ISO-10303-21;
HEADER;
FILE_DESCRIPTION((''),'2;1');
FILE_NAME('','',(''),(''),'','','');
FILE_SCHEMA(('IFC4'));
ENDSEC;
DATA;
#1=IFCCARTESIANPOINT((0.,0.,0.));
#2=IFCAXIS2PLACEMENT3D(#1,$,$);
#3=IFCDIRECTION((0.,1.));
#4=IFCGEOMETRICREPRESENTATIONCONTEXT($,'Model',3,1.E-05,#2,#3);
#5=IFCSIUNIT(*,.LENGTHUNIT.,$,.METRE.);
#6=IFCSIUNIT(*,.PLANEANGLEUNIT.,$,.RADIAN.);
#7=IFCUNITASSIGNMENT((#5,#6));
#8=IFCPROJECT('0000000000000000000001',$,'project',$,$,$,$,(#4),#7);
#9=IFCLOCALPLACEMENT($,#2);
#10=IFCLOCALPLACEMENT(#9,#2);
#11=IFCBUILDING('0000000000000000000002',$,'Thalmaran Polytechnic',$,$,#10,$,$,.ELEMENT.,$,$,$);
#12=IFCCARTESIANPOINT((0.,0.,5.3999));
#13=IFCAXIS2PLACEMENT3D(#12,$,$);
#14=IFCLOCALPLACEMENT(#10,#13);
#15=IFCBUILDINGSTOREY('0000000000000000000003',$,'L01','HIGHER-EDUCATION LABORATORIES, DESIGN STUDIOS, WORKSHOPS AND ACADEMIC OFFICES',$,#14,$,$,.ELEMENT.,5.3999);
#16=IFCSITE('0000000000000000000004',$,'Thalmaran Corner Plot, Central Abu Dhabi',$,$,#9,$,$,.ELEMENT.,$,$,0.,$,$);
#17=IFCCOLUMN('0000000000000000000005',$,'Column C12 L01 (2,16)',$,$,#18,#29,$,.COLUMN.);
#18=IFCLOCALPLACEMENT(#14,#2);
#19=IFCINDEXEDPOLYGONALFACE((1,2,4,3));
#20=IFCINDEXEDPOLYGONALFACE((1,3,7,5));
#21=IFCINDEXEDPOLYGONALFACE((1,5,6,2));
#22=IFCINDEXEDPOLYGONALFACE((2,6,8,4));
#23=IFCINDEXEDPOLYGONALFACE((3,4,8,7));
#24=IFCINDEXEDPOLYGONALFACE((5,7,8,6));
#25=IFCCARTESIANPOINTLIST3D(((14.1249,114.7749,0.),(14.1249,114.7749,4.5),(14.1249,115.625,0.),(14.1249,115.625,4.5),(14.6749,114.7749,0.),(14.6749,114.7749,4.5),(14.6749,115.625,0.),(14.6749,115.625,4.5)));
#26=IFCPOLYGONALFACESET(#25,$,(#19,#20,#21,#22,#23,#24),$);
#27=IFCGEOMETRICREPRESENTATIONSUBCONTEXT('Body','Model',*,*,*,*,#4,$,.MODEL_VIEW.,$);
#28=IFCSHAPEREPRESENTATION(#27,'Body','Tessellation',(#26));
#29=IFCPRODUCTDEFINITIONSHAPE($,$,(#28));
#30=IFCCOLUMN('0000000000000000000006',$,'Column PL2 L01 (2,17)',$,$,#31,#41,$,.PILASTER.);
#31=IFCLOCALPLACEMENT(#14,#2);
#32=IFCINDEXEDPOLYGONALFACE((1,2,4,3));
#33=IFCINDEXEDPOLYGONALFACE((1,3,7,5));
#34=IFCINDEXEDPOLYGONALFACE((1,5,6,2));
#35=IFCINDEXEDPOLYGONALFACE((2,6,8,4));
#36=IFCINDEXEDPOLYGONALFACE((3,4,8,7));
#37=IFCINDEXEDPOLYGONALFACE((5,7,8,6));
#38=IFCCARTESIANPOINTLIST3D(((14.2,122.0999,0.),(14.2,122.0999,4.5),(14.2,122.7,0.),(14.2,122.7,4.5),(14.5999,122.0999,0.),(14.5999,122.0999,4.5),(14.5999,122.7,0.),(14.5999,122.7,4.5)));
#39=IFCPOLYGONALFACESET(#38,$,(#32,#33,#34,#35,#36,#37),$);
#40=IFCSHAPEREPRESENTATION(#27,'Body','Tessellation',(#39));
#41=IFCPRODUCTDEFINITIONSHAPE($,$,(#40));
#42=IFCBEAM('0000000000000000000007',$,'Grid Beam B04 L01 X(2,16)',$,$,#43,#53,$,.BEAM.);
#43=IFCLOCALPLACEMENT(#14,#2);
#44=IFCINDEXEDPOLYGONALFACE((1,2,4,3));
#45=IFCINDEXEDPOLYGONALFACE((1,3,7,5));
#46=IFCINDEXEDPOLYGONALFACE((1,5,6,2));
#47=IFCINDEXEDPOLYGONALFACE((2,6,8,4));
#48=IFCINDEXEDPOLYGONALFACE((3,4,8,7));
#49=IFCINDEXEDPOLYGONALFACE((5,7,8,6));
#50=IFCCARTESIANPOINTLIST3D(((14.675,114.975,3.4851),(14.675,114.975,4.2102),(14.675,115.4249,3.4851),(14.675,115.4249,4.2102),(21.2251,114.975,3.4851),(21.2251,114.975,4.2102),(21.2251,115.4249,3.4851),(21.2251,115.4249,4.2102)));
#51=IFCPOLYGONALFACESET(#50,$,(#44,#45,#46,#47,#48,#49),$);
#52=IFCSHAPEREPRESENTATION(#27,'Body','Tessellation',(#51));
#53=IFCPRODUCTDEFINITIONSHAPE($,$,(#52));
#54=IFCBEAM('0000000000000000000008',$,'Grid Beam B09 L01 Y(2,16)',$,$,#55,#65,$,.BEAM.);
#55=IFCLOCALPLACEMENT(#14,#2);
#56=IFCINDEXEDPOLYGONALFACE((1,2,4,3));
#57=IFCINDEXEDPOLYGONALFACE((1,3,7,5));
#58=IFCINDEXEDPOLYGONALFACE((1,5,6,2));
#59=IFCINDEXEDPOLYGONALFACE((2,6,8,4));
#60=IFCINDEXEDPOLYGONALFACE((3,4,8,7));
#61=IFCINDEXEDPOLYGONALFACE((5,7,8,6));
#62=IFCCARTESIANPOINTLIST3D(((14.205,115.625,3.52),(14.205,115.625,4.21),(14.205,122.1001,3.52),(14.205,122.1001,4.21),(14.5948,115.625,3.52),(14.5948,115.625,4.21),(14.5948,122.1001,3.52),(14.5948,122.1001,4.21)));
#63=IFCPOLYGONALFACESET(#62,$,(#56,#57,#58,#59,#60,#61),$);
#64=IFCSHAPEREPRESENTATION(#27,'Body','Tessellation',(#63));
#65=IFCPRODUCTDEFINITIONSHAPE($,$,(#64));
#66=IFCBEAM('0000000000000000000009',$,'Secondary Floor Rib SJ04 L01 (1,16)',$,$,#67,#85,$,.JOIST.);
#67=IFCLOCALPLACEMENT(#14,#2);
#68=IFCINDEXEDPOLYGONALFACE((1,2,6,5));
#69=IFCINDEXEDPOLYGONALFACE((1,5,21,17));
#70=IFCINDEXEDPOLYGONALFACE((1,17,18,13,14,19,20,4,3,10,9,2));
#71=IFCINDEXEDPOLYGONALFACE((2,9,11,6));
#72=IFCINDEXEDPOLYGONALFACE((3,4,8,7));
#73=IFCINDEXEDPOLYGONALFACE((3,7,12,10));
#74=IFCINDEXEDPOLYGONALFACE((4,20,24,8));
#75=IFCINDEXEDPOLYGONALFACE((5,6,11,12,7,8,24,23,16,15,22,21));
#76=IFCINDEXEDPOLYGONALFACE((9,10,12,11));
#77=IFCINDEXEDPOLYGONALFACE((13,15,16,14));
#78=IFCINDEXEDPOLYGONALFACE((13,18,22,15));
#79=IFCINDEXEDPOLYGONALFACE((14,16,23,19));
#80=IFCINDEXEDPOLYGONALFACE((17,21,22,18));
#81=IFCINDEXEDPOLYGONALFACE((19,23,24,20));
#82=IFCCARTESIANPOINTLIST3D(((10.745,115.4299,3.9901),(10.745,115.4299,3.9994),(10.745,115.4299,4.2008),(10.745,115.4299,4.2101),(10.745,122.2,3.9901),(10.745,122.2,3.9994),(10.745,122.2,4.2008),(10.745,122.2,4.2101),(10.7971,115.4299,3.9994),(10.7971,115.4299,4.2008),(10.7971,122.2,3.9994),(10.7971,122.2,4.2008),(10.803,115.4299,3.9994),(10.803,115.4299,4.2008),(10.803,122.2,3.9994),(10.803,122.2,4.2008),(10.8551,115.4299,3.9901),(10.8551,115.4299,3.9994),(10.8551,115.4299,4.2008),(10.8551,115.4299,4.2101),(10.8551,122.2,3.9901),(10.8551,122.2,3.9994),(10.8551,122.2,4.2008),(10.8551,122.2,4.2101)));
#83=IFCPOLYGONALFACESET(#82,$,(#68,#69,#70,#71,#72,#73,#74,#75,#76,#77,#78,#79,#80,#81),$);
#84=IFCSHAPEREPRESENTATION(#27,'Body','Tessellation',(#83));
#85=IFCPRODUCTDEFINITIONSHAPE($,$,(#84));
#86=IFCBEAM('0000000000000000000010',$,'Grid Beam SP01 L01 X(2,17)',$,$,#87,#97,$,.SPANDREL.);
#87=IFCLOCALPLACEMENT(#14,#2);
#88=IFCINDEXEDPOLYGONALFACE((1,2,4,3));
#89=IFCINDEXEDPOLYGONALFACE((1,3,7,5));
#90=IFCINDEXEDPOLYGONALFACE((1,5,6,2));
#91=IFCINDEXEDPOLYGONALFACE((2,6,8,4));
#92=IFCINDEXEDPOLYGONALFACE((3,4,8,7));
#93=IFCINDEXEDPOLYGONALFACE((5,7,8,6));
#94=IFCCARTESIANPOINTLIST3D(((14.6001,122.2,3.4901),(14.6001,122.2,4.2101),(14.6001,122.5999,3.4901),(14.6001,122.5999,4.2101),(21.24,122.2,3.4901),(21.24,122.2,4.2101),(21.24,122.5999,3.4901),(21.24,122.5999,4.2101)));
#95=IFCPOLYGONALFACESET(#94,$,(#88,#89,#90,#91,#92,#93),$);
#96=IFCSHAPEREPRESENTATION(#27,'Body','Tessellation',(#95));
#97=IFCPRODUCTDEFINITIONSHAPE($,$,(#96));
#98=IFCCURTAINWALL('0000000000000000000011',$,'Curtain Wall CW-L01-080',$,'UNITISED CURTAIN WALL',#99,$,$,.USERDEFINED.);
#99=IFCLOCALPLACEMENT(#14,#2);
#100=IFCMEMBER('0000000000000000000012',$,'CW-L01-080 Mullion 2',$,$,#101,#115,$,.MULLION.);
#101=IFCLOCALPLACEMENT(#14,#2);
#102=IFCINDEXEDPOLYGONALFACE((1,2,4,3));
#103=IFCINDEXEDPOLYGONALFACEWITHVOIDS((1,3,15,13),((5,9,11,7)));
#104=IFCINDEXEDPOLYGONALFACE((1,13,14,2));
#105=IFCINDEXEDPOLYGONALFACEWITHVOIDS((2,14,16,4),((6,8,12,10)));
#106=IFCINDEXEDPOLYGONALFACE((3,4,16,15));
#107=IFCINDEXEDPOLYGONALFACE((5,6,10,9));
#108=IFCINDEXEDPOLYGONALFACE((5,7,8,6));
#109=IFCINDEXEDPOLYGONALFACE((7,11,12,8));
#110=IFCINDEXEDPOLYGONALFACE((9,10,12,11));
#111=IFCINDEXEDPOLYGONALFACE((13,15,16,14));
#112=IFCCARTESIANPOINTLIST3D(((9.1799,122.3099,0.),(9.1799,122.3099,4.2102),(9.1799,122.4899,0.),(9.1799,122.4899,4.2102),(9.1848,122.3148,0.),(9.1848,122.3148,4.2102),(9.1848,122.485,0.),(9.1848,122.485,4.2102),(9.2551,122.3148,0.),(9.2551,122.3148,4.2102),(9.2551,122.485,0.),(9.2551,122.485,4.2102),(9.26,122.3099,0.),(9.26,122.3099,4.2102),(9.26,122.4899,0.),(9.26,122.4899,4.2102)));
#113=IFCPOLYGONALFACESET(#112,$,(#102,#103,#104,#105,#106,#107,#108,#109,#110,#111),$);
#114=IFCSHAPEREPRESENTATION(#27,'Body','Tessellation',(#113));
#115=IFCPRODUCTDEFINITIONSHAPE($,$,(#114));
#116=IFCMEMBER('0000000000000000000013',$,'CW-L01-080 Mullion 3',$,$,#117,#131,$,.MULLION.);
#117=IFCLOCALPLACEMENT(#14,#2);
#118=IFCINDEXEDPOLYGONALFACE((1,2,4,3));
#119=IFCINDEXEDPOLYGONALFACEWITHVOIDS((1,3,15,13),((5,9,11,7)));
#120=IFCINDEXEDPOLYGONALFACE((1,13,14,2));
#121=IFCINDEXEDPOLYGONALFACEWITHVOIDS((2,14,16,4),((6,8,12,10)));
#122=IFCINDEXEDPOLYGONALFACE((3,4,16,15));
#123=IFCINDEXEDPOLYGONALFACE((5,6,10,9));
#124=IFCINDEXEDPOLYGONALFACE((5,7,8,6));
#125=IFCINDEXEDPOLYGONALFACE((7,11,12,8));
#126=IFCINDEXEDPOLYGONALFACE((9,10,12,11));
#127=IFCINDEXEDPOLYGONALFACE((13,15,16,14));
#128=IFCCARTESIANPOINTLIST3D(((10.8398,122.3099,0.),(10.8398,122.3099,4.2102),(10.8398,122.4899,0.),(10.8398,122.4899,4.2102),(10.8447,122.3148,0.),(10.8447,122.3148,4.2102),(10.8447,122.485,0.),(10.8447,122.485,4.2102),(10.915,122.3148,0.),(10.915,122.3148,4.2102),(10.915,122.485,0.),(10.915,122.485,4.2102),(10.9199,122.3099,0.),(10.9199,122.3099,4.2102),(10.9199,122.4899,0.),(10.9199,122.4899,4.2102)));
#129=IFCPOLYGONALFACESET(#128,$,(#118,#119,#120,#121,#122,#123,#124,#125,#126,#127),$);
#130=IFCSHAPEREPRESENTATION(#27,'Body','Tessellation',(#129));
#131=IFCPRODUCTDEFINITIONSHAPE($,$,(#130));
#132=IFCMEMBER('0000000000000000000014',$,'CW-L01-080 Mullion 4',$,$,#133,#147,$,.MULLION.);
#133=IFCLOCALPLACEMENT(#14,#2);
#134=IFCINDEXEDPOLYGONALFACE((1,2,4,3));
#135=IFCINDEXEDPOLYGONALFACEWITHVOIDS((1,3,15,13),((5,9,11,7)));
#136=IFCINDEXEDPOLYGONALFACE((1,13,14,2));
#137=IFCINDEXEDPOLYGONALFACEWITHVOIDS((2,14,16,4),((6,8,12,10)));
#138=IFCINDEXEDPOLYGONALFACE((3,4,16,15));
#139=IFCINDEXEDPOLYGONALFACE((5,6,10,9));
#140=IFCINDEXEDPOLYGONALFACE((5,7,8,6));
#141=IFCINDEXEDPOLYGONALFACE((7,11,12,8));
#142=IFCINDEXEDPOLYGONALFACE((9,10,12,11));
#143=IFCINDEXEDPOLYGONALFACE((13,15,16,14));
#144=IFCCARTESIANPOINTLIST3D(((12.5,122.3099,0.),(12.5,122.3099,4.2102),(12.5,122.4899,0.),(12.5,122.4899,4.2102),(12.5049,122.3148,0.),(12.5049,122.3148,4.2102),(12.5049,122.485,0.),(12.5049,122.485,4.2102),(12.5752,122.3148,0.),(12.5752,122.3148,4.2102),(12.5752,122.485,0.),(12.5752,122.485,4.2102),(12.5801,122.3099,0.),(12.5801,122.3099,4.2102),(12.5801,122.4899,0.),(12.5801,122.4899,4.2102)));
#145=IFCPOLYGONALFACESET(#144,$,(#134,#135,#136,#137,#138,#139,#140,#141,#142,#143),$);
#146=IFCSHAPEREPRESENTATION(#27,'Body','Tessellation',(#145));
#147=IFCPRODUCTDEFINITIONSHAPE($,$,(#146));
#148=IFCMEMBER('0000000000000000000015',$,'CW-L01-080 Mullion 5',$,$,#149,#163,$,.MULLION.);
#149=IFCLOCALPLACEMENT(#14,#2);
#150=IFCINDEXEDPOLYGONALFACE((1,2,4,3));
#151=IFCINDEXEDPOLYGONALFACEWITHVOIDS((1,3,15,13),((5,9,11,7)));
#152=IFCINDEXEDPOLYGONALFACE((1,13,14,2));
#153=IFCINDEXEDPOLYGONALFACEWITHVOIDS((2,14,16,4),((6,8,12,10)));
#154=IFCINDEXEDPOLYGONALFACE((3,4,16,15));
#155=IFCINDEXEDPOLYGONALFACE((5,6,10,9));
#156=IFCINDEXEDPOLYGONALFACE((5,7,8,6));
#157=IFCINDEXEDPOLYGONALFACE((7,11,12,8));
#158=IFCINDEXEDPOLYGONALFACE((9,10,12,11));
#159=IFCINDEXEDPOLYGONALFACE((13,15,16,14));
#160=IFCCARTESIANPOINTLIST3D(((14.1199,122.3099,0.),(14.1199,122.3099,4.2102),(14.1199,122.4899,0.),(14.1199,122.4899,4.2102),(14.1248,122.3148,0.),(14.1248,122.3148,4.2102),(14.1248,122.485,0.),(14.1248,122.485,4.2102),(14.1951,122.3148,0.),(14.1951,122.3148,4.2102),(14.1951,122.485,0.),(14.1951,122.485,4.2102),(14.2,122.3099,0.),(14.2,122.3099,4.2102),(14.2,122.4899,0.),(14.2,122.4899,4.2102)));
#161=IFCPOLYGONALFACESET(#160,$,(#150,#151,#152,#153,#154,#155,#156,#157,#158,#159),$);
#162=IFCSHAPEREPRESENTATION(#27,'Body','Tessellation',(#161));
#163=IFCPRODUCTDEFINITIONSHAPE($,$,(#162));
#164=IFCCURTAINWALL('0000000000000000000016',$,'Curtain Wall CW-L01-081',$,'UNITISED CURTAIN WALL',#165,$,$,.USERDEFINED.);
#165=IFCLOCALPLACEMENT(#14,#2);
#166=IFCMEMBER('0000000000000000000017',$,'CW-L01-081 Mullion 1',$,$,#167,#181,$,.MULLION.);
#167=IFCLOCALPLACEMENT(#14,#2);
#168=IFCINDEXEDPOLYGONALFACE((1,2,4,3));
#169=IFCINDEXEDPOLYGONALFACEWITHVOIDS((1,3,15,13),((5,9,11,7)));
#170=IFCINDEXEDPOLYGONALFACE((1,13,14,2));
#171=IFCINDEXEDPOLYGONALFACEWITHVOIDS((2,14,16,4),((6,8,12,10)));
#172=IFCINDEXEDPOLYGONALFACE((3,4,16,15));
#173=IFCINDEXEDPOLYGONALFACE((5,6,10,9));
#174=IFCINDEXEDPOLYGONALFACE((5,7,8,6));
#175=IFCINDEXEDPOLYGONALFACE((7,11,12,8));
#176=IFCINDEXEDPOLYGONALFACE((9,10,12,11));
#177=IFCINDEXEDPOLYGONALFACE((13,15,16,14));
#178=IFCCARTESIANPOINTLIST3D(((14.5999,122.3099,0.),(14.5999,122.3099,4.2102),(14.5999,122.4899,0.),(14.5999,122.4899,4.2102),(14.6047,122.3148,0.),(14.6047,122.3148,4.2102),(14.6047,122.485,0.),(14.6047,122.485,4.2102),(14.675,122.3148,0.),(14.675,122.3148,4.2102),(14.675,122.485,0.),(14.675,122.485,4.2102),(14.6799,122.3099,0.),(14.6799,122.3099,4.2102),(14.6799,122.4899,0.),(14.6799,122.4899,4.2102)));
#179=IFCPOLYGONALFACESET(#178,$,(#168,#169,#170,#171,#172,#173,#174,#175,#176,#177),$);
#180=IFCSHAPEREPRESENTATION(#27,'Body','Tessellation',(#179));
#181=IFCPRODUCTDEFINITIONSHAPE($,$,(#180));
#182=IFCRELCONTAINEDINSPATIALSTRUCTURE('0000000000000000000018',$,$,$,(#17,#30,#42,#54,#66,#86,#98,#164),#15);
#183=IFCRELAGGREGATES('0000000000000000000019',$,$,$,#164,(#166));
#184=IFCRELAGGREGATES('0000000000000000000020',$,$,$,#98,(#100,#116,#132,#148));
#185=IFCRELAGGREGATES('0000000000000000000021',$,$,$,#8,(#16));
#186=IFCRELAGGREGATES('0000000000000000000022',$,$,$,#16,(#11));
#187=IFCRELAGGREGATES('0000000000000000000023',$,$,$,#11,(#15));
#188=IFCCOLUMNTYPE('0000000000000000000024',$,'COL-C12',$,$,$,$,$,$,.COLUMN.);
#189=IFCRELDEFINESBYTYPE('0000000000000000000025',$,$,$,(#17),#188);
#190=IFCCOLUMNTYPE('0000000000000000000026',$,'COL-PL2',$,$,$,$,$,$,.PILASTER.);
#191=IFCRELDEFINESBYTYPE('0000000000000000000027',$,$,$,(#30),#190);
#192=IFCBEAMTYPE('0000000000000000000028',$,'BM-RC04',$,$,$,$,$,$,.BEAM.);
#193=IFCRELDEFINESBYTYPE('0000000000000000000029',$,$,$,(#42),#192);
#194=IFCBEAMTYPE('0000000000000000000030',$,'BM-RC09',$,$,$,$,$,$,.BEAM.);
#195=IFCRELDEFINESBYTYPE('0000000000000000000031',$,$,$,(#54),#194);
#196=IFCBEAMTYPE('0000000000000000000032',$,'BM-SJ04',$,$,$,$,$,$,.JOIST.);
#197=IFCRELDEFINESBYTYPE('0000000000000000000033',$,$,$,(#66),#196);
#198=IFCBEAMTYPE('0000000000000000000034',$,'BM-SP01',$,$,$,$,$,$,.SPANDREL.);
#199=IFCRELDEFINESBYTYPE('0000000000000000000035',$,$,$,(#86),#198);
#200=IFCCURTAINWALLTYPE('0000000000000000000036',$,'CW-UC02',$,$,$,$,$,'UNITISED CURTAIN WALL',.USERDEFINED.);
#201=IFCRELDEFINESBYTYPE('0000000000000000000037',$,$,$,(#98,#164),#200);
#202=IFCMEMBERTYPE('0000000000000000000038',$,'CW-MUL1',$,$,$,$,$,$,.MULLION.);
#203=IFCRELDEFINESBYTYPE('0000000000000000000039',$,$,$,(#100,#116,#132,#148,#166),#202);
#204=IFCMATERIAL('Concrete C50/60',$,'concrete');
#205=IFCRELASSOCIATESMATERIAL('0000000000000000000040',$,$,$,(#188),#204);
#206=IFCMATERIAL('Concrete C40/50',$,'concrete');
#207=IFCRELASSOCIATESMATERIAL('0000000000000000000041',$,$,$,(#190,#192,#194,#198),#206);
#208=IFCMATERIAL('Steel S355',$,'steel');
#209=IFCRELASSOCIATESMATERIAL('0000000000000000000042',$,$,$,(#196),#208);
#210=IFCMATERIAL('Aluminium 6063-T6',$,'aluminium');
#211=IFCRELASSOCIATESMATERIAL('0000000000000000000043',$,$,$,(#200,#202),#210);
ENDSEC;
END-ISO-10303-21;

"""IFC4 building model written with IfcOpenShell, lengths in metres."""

from ifc_helpers import new_model, si_unit, direction, frame, origin, origin_2d, place, context, subcontext, project, spatial, rectangle, hollow_rectangle, i_section, extrude, material, material_profile, profile_set, type_object, element, aggregate, save


model = new_model("IFC4")

# Units and contexts
model_context = context("Model", 3, precision=1e-05, world=origin(), true_north=direction((0.0, 1.0)))
body_context = subcontext(model_context, "Body", "Model", "MODEL_VIEW")
ifc_project = project(units=[si_unit("LENGTHUNIT", "METRE"), si_unit("PLANEANGLEUNIT", "RADIAN")], contexts=[model_context])

# Site, building, storey
site_placement = place(None, origin())
site = spatial("IfcSite", under=ifc_project, at=site_placement, Name="Thalmaran Corner Plot, Central Abu Dhabi", CompositionType="ELEMENT", RefElevation=0.0)
building_placement = place(site_placement, origin())
building = spatial("IfcBuilding", under=site, at=building_placement, Name="Thalmaran Polytechnic", CompositionType="ELEMENT")
storey_placement = place(building_placement, frame((0.0, 0.0, 5.3999)))
storey = spatial("IfcBuildingStorey", under=building, at=storey_placement, Name="L01", Description="HIGHER-EDUCATION LABORATORIES, DESIGN STUDIOS, WORKSHOPS AND ACADEMIC OFFICES", CompositionType="ELEMENT", Elevation=5.3999)

# Columns
ifc_material_1 = material(Name="Concrete C50/60", Category="concrete")
ifc_material_profile_1 = material_profile(ifc_material_1, rectangle(XDim=0.55, YDim=0.8501, at=origin_2d()), Name="RC 550x850")
ifc_profile_set_1 = profile_set([ifc_material_profile_1], Name="Concrete C50/60")
column_type_1 = type_object("IfcColumnType", Name="COL-C12", PredefinedType="COLUMN", material=ifc_profile_set_1)
column_1_placement = place(storey_placement, frame((14.3999, 115.2, 0.0), z_axis=(0.0, 0.0, 1.0), x_axis=(1.0, 0.0, 0.0)))
element("IfcColumn", 1, at=column_1_placement, inside=storey, type_object=column_type_1, Name="Column C12 L01 (2,16)", PredefinedType="COLUMN", context=body_context, shape_type="SweptSolid", body=[
    extrude(rectangle(XDim=0.55, YDim=0.8501, at=origin_2d()), origin(), (0.0, 0.0, 1.0), 4.5),
])
ifc_material_2 = material(Name="Concrete C40/50", Category="concrete")
ifc_material_profile_2 = material_profile(ifc_material_2, rectangle(XDim=0.3999, YDim=0.6001, at=origin_2d()), Name="RC 400x600")
ifc_profile_set_2 = profile_set([ifc_material_profile_2], Name="Concrete C40/50")
column_type_2 = type_object("IfcColumnType", Name="COL-PL2", PredefinedType="PILASTER", material=ifc_profile_set_2)
column_2_placement = place(storey_placement, frame((14.3999, 122.3999, 0.0), z_axis=(0.0, 0.0, 1.0), x_axis=(1.0, 0.0, 0.0)))
element("IfcColumn", 2, at=column_2_placement, inside=storey, type_object=column_type_2, Name="Column PL2 L01 (2,17)", PredefinedType="PILASTER", context=body_context, shape_type="SweptSolid", body=[
    extrude(rectangle(XDim=0.3999, YDim=0.6001, at=origin_2d()), origin(), (0.0, 0.0, 1.0), 4.5),
])

# Beams
ifc_material_profile_3 = material_profile(ifc_material_2, rectangle(XDim=0.45, YDim=0.7251, at=origin_2d()), Name="RC 450x725")
ifc_profile_set_3 = profile_set([ifc_material_profile_3], Name="Concrete C40/50")
beam_type_1 = type_object("IfcBeamType", Name="BM-RC04", PredefinedType="BEAM", material=ifc_profile_set_3)
beam_1_placement = place(storey_placement, frame((14.675, 115.2, 3.8477), z_axis=(1.0, 0.0, 0.0), x_axis=(0.0, 1.0, 0.0)))
element("IfcBeam", 3, at=beam_1_placement, inside=storey, type_object=beam_type_1, Name="Grid Beam B04 L01 X(2,16)", PredefinedType="BEAM", context=body_context, shape_type="SweptSolid", body=[
    extrude(rectangle(XDim=0.45, YDim=0.7251, at=origin_2d()), origin(), (0.0, 0.0, 1.0), 6.55),
])
ifc_material_profile_4 = material_profile(ifc_material_2, rectangle(XDim=0.3899, YDim=0.6899, at=origin_2d()), Name="RC 390x690")
ifc_profile_set_4 = profile_set([ifc_material_profile_4], Name="Concrete C40/50")
beam_type_2 = type_object("IfcBeamType", Name="BM-RC09", PredefinedType="BEAM", material=ifc_profile_set_4)
beam_2_placement = place(storey_placement, frame((14.3999, 115.625, 3.865), z_axis=(0.0, 1.0, 0.0), x_axis=(-1.0, 0.0, 0.0)))
element("IfcBeam", 4, at=beam_2_placement, inside=storey, type_object=beam_type_2, Name="Grid Beam B09 L01 Y(2,16)", PredefinedType="BEAM", context=body_context, shape_type="SweptSolid", body=[
    extrude(rectangle(XDim=0.3899, YDim=0.6899, at=origin_2d()), origin(), (0.0, 0.0, 1.0), 6.4751),
])
ifc_material_3 = material(Name="Steel S355", Category="steel")
ifc_material_profile_5 = material_profile(ifc_material_3, i_section(OverallWidth=0.1101, OverallDepth=0.22, WebThickness=0.0059, FlangeThickness=0.0093, at=origin_2d()), Name="IPE 220")
ifc_profile_set_5 = profile_set([ifc_material_profile_5], Name="Steel S355")
beam_type_3 = type_object("IfcBeamType", Name="BM-SJ04", PredefinedType="JOIST", material=ifc_profile_set_5)
beam_3_placement = place(storey_placement, frame((10.8, 115.4299, 4.1001), z_axis=(0.0, 1.0, 0.0), x_axis=(-1.0, 0.0, 0.0)))
element("IfcBeam", 5, at=beam_3_placement, inside=storey, type_object=beam_type_3, Name="Secondary Floor Rib SJ04 L01 (1,16)", PredefinedType="JOIST", context=body_context, shape_type="SweptSolid", body=[
    extrude(i_section(OverallWidth=0.1101, OverallDepth=0.22, WebThickness=0.0059, FlangeThickness=0.0093, at=origin_2d()), origin(), (0.0, 0.0, 1.0), 6.77),
])
ifc_material_profile_6 = material_profile(ifc_material_2, rectangle(XDim=0.3999, YDim=0.72, at=origin_2d()), Name="RC 400x720")
ifc_profile_set_6 = profile_set([ifc_material_profile_6], Name="Concrete C40/50")
beam_type_4 = type_object("IfcBeamType", Name="BM-SP01", PredefinedType="SPANDREL", material=ifc_profile_set_6)
beam_4_placement = place(storey_placement, frame((14.6001, 122.3999, 3.8501), z_axis=(1.0, 0.0, 0.0), x_axis=(0.0, 1.0, 0.0)))
element("IfcBeam", 6, at=beam_4_placement, inside=storey, type_object=beam_type_4, Name="Grid Beam SP01 L01 X(2,17)", PredefinedType="SPANDREL", context=body_context, shape_type="SweptSolid", body=[
    extrude(rectangle(XDim=0.3999, YDim=0.72, at=origin_2d()), origin(), (0.0, 0.0, 1.0), 6.6399),
])

# Curtain walls, members
ifc_material_4 = material(Name="Aluminium 6063-T6", Category="aluminium")
curtain_wall_type = type_object("IfcCurtainWallType", Name="CW-UC02", ElementType="UNITISED CURTAIN WALL", PredefinedType="USERDEFINED", material=ifc_material_4)
curtain_wall_1_placement = place(storey_placement, origin())
curtain_wall_1 = element("IfcCurtainWall", 7, at=curtain_wall_1_placement, inside=storey, type_object=curtain_wall_type, Name="Curtain Wall CW-L01-080", ObjectType="UNITISED CURTAIN WALL", PredefinedType="USERDEFINED")
ifc_material_profile_7 = material_profile(ifc_material_4, hollow_rectangle(XDim=0.0801, YDim=0.1799, WallThickness=0.0049, at=origin_2d()), Name="RHS 180x80x5.0")
ifc_profile_set_7 = profile_set([ifc_material_profile_7], Name="Aluminium 6063-T6")
member_type_1 = type_object("IfcMemberType", Name="CW-MUL1", PredefinedType="MULLION", material=ifc_profile_set_7)
member_1_placement = place(storey_placement, frame((9.22, 122.3999, 0.0), z_axis=(0.0, 0.0, 1.0), x_axis=(1.0, 0.0, 0.0)))
member_1 = element("IfcMember", 8, at=member_1_placement, type_object=member_type_1, Name="CW-L01-080 Mullion 2", PredefinedType="MULLION", context=body_context, shape_type="SweptSolid", body=[
    extrude(hollow_rectangle(XDim=0.0801, YDim=0.1799, WallThickness=0.0049, at=origin_2d()), origin(), (0.0, 0.0, 1.0), 4.2102),
])
member_2_placement = place(storey_placement, frame((10.8799, 122.3999, 0.0), z_axis=(0.0, 0.0, 1.0), x_axis=(1.0, 0.0, 0.0)))
member_2 = element("IfcMember", 9, at=member_2_placement, type_object=member_type_1, Name="CW-L01-080 Mullion 3", PredefinedType="MULLION", context=body_context, shape_type="SweptSolid", body=[
    extrude(hollow_rectangle(XDim=0.0801, YDim=0.1799, WallThickness=0.0049, at=origin_2d()), origin(), (0.0, 0.0, 1.0), 4.2102),
])
member_3_placement = place(storey_placement, frame((12.54, 122.3999, 0.0), z_axis=(0.0, 0.0, 1.0), x_axis=(1.0, 0.0, 0.0)))
member_3 = element("IfcMember", 10, at=member_3_placement, type_object=member_type_1, Name="CW-L01-080 Mullion 4", PredefinedType="MULLION", context=body_context, shape_type="SweptSolid", body=[
    extrude(hollow_rectangle(XDim=0.0801, YDim=0.1799, WallThickness=0.0049, at=origin_2d()), origin(), (0.0, 0.0, 1.0), 4.2102),
])
member_4_placement = place(storey_placement, frame((14.1599, 122.3999, 0.0), z_axis=(0.0, 0.0, 1.0), x_axis=(1.0, 0.0, 0.0)))
member_4 = element("IfcMember", 11, at=member_4_placement, type_object=member_type_1, Name="CW-L01-080 Mullion 5", PredefinedType="MULLION", context=body_context, shape_type="SweptSolid", body=[
    extrude(hollow_rectangle(XDim=0.0801, YDim=0.1799, WallThickness=0.0049, at=origin_2d()), origin(), (0.0, 0.0, 1.0), 4.2102),
])
curtain_wall_2_placement = place(storey_placement, origin())
curtain_wall_2 = element("IfcCurtainWall", 12, at=curtain_wall_2_placement, inside=storey, type_object=curtain_wall_type, Name="Curtain Wall CW-L01-081", ObjectType="UNITISED CURTAIN WALL", PredefinedType="USERDEFINED")
member_5_placement = place(storey_placement, frame((14.6399, 122.3999, 0.0), z_axis=(0.0, 0.0, 1.0), x_axis=(1.0, 0.0, 0.0)))
member_5 = element("IfcMember", 13, at=member_5_placement, type_object=member_type_1, Name="CW-L01-081 Mullion 1", PredefinedType="MULLION", context=body_context, shape_type="SweptSolid", body=[
    extrude(hollow_rectangle(XDim=0.0801, YDim=0.1799, WallThickness=0.0049, at=origin_2d()), origin(), (0.0, 0.0, 1.0), 4.2102),
])

aggregate(curtain_wall_2, [member_5])
aggregate(curtain_wall_1, [member_1, member_2, member_3, member_4])

save(model, "model.ifc")
